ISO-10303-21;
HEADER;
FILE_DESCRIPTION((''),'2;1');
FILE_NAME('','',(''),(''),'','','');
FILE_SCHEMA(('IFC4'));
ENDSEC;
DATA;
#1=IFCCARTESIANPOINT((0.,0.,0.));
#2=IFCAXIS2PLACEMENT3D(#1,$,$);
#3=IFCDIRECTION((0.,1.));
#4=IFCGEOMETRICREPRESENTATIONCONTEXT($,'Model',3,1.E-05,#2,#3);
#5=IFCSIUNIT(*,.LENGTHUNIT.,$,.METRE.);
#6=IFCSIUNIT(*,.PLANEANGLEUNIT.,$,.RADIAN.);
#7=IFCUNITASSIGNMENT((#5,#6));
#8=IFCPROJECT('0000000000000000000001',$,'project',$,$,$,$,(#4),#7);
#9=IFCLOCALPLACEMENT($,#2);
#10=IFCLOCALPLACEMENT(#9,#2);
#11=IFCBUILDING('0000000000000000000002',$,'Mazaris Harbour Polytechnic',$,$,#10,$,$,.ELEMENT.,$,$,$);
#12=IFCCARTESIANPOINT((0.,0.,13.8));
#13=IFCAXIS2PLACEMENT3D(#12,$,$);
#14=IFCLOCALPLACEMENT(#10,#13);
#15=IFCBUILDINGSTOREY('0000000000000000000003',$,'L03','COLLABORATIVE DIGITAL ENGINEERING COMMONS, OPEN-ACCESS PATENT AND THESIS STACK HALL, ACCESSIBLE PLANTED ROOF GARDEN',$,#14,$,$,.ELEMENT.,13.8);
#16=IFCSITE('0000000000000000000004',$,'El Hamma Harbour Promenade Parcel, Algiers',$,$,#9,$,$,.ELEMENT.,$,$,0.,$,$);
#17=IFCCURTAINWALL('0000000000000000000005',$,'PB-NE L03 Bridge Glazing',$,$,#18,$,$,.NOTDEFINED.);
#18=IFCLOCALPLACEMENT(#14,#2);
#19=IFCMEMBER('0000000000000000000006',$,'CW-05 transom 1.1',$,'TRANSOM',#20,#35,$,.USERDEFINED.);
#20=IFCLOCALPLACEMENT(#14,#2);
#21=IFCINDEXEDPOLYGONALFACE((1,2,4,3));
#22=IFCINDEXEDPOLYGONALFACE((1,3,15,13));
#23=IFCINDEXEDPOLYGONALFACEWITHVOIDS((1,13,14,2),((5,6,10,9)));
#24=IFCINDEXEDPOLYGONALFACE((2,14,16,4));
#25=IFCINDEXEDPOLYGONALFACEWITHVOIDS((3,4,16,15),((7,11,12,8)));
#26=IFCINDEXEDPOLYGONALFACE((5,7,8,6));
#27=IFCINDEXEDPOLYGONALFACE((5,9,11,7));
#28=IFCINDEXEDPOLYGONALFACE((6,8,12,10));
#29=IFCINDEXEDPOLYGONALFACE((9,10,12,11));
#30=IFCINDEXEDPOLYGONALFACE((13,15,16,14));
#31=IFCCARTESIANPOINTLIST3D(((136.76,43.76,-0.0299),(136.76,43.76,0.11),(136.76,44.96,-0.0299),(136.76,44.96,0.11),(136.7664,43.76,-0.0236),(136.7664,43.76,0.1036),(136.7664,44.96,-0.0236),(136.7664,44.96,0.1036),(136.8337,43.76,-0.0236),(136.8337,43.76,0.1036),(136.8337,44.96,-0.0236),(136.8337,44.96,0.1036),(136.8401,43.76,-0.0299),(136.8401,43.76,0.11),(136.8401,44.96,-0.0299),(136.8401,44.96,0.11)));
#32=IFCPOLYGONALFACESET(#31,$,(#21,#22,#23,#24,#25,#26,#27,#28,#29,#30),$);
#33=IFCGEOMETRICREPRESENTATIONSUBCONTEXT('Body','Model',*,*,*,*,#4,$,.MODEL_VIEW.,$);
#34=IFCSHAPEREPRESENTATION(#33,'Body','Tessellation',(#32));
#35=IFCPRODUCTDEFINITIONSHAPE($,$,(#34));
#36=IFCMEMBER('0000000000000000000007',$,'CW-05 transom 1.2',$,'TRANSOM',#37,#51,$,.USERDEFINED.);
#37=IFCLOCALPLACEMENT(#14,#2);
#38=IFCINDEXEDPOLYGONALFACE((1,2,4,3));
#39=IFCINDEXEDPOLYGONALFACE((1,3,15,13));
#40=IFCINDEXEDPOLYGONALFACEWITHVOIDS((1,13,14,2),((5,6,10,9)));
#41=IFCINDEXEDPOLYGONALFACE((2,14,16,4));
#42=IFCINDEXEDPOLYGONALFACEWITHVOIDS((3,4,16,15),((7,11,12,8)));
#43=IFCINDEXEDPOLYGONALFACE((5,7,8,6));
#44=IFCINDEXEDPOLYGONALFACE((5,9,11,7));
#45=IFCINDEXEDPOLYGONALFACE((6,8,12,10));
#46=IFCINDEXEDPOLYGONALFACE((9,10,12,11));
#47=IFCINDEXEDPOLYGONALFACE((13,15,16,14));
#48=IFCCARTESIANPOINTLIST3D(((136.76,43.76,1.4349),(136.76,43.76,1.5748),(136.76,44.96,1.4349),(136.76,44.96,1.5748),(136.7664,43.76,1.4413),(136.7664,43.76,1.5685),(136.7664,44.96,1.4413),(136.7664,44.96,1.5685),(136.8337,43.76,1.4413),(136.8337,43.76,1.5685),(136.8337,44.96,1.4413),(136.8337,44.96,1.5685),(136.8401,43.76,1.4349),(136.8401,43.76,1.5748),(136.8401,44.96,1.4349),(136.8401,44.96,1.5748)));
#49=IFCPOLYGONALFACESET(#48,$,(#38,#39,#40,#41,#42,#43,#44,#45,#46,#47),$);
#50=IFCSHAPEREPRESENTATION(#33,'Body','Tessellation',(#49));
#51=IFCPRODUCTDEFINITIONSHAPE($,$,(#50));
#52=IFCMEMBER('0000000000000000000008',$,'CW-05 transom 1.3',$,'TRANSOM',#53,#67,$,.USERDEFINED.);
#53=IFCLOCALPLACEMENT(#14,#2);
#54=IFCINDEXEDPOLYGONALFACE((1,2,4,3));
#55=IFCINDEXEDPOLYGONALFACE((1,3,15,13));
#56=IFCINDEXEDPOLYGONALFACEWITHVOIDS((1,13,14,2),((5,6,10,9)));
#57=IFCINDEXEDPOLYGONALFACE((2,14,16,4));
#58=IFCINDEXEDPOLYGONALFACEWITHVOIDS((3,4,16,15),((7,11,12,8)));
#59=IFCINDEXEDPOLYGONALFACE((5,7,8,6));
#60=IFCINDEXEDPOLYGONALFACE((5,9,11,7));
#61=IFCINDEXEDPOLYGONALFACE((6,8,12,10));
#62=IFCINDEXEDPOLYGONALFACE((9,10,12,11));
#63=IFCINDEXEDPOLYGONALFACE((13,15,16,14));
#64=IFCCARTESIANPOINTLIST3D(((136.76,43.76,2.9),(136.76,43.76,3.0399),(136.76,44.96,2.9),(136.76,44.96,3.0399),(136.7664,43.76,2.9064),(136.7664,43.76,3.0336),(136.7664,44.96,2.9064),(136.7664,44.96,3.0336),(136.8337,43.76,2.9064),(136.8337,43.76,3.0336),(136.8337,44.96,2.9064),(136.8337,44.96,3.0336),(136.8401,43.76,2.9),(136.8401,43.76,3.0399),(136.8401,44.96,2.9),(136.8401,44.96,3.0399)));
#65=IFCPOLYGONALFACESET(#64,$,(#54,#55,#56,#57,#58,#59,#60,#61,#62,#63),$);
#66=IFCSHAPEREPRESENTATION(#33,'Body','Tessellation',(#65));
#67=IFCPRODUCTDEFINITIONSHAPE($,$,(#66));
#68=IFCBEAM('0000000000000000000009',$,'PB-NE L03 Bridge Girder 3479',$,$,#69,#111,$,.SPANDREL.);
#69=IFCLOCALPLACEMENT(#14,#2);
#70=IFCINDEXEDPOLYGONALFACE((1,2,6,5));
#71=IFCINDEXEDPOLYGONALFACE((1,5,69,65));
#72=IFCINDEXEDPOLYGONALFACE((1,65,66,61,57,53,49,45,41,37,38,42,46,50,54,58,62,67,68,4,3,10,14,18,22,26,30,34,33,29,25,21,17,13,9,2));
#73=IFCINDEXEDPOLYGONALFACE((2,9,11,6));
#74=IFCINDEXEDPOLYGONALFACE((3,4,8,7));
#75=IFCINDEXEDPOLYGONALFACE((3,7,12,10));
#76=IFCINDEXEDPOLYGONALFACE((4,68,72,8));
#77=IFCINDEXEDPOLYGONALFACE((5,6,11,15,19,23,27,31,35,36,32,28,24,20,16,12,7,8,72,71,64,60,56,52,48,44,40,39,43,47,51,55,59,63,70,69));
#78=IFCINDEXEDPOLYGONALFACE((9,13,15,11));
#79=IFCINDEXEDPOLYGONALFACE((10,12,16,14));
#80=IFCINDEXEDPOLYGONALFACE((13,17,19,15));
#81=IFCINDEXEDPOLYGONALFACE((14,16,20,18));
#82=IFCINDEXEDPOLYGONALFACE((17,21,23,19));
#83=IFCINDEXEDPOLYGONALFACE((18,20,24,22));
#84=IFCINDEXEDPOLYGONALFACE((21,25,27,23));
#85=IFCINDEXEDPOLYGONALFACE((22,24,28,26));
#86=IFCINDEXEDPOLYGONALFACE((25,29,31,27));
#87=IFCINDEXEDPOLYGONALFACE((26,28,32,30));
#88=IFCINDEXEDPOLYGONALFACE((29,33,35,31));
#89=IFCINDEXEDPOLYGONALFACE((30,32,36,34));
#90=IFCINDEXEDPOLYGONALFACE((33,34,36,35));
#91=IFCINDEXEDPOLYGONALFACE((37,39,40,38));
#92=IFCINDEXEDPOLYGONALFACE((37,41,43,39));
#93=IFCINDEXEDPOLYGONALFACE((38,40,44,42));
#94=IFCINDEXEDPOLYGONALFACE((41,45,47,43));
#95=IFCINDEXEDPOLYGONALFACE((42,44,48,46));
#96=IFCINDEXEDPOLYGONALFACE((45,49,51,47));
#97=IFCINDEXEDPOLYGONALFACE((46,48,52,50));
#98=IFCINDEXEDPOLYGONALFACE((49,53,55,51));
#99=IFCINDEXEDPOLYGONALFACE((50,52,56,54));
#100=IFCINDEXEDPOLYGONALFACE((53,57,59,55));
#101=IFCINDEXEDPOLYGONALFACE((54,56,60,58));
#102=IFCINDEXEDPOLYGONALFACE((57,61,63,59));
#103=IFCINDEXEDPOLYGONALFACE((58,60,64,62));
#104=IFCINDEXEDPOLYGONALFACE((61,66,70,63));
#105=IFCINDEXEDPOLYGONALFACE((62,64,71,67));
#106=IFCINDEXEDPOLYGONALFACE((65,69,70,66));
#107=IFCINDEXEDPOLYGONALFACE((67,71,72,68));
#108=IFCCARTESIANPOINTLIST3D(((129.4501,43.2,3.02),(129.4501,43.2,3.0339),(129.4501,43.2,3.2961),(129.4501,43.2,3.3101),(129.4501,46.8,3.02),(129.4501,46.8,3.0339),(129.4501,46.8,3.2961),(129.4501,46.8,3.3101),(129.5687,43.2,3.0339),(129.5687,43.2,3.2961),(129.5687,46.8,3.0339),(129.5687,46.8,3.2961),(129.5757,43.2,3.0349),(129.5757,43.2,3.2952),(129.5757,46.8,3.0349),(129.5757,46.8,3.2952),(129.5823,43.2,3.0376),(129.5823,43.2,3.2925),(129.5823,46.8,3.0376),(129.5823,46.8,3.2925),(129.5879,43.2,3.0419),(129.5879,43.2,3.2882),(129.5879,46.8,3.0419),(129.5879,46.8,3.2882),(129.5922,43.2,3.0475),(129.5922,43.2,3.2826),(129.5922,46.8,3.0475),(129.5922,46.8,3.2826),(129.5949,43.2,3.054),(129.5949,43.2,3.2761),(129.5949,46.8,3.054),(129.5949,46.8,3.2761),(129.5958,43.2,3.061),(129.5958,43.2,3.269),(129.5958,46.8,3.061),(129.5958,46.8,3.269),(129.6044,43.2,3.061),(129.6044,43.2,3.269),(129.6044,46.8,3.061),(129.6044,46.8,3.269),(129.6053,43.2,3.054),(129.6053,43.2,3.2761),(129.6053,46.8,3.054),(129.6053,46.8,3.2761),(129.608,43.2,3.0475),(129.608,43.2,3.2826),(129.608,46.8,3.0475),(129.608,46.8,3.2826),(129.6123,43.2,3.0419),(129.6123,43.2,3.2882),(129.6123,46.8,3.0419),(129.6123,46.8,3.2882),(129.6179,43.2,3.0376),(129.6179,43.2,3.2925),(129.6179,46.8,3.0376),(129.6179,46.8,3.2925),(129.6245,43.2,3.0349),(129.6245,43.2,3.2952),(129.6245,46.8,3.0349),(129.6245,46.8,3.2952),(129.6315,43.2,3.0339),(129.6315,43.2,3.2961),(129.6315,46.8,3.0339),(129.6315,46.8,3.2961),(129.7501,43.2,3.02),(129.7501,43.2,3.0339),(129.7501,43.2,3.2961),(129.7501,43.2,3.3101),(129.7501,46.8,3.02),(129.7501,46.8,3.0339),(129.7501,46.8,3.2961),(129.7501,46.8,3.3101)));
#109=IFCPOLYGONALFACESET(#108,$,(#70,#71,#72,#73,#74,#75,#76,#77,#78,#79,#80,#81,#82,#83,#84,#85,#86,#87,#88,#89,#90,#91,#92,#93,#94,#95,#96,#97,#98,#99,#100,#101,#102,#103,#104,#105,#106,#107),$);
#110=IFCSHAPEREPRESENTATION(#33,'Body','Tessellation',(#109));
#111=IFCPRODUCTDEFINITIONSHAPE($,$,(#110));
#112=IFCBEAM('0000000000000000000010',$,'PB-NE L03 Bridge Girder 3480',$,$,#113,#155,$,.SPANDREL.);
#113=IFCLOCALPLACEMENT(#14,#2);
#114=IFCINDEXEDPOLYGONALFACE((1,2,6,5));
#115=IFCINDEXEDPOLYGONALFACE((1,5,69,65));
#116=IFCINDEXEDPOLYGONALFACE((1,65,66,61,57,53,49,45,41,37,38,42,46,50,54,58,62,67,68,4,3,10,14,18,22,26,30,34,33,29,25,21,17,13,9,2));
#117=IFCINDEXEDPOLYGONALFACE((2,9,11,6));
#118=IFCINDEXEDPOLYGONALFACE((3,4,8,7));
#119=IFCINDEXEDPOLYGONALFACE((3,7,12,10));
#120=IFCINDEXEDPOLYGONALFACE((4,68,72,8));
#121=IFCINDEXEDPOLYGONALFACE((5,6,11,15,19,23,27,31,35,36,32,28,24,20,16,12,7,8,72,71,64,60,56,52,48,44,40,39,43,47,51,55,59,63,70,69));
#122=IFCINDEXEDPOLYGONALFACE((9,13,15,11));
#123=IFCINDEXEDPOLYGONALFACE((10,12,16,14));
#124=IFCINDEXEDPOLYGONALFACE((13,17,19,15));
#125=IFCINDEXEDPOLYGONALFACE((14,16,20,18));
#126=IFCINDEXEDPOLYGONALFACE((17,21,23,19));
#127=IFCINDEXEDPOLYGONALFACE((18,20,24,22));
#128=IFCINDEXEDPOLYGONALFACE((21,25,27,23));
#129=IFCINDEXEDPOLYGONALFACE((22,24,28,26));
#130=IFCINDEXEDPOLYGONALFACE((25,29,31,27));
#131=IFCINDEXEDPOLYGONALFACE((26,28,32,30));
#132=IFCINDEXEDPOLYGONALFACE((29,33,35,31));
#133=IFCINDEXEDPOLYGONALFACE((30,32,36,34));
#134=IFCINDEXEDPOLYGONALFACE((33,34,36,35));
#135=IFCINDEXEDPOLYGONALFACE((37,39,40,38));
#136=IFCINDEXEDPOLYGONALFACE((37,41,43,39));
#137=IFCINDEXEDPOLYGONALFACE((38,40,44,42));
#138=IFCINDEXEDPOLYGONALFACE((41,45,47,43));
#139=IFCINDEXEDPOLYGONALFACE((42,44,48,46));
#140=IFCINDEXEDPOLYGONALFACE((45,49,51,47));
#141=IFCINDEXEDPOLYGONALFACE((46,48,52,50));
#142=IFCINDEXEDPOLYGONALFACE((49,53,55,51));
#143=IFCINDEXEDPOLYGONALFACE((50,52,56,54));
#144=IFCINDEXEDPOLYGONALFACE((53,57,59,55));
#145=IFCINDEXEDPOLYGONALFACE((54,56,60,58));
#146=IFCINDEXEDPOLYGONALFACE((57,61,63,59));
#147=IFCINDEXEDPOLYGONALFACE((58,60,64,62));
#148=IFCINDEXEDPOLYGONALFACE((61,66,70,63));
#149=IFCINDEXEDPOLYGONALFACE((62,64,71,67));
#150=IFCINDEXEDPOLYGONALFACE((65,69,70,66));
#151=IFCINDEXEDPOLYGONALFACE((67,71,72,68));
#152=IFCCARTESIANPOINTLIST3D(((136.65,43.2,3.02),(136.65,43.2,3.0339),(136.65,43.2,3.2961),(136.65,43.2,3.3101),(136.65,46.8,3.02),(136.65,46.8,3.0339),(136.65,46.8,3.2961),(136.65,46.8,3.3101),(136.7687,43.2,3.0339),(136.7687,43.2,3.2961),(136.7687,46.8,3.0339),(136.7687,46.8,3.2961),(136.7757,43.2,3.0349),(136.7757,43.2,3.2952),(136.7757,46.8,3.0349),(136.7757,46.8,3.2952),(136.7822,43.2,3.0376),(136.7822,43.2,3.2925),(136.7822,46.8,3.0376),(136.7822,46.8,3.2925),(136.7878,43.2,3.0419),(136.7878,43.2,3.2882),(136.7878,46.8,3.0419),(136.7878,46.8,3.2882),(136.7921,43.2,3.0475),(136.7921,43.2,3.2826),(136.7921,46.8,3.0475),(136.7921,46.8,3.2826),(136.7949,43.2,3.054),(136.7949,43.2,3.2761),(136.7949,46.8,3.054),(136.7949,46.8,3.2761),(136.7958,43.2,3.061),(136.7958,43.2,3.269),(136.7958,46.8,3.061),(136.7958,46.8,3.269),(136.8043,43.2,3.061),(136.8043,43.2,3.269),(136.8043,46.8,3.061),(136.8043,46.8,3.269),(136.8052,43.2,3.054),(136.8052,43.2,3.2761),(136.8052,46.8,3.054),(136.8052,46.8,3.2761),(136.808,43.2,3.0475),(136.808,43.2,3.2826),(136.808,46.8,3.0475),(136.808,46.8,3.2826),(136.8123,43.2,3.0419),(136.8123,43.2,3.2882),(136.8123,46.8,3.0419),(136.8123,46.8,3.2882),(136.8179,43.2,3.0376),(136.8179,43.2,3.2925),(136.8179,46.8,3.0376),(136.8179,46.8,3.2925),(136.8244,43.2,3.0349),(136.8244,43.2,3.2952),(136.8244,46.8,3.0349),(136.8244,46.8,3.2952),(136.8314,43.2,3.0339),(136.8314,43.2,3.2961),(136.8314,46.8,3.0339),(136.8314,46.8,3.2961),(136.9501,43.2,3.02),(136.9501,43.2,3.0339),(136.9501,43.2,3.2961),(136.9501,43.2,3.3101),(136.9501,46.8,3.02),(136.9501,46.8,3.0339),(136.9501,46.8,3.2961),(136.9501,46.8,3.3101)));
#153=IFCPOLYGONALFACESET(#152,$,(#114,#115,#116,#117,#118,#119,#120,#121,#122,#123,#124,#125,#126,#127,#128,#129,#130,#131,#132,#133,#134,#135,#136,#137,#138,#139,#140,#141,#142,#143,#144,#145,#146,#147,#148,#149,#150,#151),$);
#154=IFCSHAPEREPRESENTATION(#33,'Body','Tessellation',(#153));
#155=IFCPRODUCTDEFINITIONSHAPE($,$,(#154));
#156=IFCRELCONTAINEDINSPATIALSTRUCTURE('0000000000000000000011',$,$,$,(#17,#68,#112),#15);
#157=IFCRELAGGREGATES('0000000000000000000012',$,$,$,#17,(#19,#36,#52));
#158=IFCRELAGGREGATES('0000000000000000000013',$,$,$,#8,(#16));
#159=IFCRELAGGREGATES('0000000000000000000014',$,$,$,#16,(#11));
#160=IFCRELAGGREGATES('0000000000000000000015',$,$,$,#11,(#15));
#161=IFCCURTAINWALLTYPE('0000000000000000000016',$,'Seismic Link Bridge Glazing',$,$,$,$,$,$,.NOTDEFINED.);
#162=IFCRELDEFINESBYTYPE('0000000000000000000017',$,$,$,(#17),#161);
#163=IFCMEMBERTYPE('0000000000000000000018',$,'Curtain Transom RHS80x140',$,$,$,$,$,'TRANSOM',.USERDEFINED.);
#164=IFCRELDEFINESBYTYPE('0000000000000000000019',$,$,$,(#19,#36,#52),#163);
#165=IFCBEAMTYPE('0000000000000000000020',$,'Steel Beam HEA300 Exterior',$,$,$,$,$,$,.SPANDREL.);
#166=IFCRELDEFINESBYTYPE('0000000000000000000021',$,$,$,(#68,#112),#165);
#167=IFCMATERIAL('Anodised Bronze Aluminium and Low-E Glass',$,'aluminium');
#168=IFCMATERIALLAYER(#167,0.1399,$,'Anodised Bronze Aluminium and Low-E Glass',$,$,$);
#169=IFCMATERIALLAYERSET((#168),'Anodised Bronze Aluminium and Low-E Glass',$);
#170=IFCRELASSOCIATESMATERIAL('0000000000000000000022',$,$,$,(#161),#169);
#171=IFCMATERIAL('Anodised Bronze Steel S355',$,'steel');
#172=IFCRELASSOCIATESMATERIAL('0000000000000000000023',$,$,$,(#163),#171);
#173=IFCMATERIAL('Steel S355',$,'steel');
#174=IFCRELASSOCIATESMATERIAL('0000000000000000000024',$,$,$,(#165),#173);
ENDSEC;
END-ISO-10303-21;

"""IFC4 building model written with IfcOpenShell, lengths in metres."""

from ifc_helpers import new_model, si_unit, direction, frame, origin, origin_2d, place, context, subcontext, project, spatial, hollow_rectangle, i_section, extrude, material, layer, layer_set, material_profile, profile_set, type_object, element, aggregate, save


model = new_model("IFC4")

# Units and contexts
model_context = context("Model", 3, precision=1e-05, world=origin(), true_north=direction((0.0, 1.0)))
body_context = subcontext(model_context, "Body", "Model", "MODEL_VIEW")
ifc_project = project(units=[si_unit("LENGTHUNIT", "METRE"), si_unit("PLANEANGLEUNIT", "RADIAN")], contexts=[model_context])

# Site, building, storey
site_placement = place(None, origin())
site = spatial("IfcSite", under=ifc_project, at=site_placement, Name="El Hamma Harbour Promenade Parcel, Algiers", CompositionType="ELEMENT", RefElevation=0.0)
building_placement = place(site_placement, origin())
building = spatial("IfcBuilding", under=site, at=building_placement, Name="Mazaris Harbour Polytechnic", CompositionType="ELEMENT")
storey_placement = place(building_placement, frame((0.0, 0.0, 13.8)))
storey = spatial("IfcBuildingStorey", under=building, at=storey_placement, Name="L03", Description="COLLABORATIVE DIGITAL ENGINEERING COMMONS, OPEN-ACCESS PATENT AND THESIS STACK HALL, ACCESSIBLE PLANTED ROOF GARDEN", CompositionType="ELEMENT", Elevation=13.8)

# Curtain wall
ifc_material_1 = material(Name="Anodised Bronze Aluminium and Low-E Glass", Category="aluminium")
ifc_layer_1 = layer(ifc_material_1, 0.1399, Name="Anodised Bronze Aluminium and Low-E Glass")
ifc_layer_set_1 = layer_set([ifc_layer_1], Name="Anodised Bronze Aluminium and Low-E Glass")
curtain_wall_type_1 = type_object("IfcCurtainWallType", Name="Seismic Link Bridge Glazing", PredefinedType="NOTDEFINED", material=ifc_layer_set_1)
curtain_wall_1_placement = place(storey_placement, origin())
curtain_wall_1 = element("IfcCurtainWall", 1, at=curtain_wall_1_placement, inside=storey, type_object=curtain_wall_type_1, Name="PB-NE L03 Bridge Glazing", PredefinedType="NOTDEFINED")

# Members
ifc_material_2 = material(Name="Anodised Bronze Steel S355", Category="steel")
ifc_material_profile_1 = material_profile(ifc_material_2, hollow_rectangle(XDim=0.0801, YDim=0.1399, WallThickness=0.0063, at=origin_2d()), Name="RHS 80x140x6.3")
ifc_profile_set_1 = profile_set([ifc_material_profile_1], Name="Anodised Bronze Steel S355")
member_type_1 = type_object("IfcMemberType", Name="Curtain Transom RHS80x140", ElementType="TRANSOM", PredefinedType="USERDEFINED", material=ifc_profile_set_1)
member_1_placement = place(storey_placement, frame((136.8, 43.76, 0.04), z_axis=(0.0, 1.0, 0.0), x_axis=(-1.0, 0.0, 0.0)))
member_1 = element("IfcMember", 2, at=member_1_placement, type_object=member_type_1, Name="CW-05 transom 1.1", ObjectType="TRANSOM", PredefinedType="USERDEFINED", context=body_context, shape_type="SweptSolid", body=[
    extrude(hollow_rectangle(XDim=0.0801, YDim=0.1399, WallThickness=0.0063, at=origin_2d()), origin(), (0.0, 0.0, 1.0), 1.2),
])
member_2_placement = place(storey_placement, frame((136.8, 43.76, 1.5049), z_axis=(0.0, 1.0, 0.0), x_axis=(-1.0, 0.0, 0.0)))
member_2 = element("IfcMember", 3, at=member_2_placement, type_object=member_type_1, Name="CW-05 transom 1.2", ObjectType="TRANSOM", PredefinedType="USERDEFINED", context=body_context, shape_type="SweptSolid", body=[
    extrude(hollow_rectangle(XDim=0.0801, YDim=0.1399, WallThickness=0.0063, at=origin_2d()), origin(), (0.0, 0.0, 1.0), 1.2),
])
member_3_placement = place(storey_placement, frame((136.8, 43.76, 2.97), z_axis=(0.0, 1.0, 0.0), x_axis=(-1.0, 0.0, 0.0)))
member_3 = element("IfcMember", 4, at=member_3_placement, type_object=member_type_1, Name="CW-05 transom 1.3", ObjectType="TRANSOM", PredefinedType="USERDEFINED", context=body_context, shape_type="SweptSolid", body=[
    extrude(hollow_rectangle(XDim=0.0801, YDim=0.1399, WallThickness=0.0063, at=origin_2d()), origin(), (0.0, 0.0, 1.0), 1.2),
])
aggregate(curtain_wall_1, [member_1, member_2, member_3])

# Beams
ifc_material_3 = material(Name="Steel S355", Category="steel")
ifc_material_profile_2 = material_profile(ifc_material_3, i_section(OverallWidth=0.3, OverallDepth=0.29, WebThickness=0.0085, FlangeThickness=0.0139, FilletRadius=0.0271, at=origin_2d()), Name="HEA 300")
ifc_profile_set_2 = profile_set([ifc_material_profile_2], Name="Steel S355")
beam_type = type_object("IfcBeamType", Name="Steel Beam HEA300 Exterior", PredefinedType="SPANDREL", material=ifc_profile_set_2)
for number, where, z_axis, x_axis, name in (
    (5, (129.6001, 43.2, 3.165), (0.0, 1.0, 0.0), (-1.0, 0.0, 0.0), "PB-NE L03 Bridge Girder 3479"),
    (6, (136.8, 43.2, 3.165), (0.0, 1.0, 0.0), (-1.0, 0.0, 0.0), "PB-NE L03 Bridge Girder 3480"),
):
    element("IfcBeam", number, at=place(storey_placement, frame(where, z_axis=z_axis, x_axis=x_axis)), inside=storey, type_object=beam_type, Name=name, PredefinedType="SPANDREL", context=body_context, shape_type="SweptSolid", body=[
        extrude(i_section(OverallWidth=0.3, OverallDepth=0.29, WebThickness=0.0085, FlangeThickness=0.0139, FilletRadius=0.0271, at=origin_2d()), origin(), (0.0, 0.0, 1.0), 3.6001),
    ])

save(model, "model.ifc")
